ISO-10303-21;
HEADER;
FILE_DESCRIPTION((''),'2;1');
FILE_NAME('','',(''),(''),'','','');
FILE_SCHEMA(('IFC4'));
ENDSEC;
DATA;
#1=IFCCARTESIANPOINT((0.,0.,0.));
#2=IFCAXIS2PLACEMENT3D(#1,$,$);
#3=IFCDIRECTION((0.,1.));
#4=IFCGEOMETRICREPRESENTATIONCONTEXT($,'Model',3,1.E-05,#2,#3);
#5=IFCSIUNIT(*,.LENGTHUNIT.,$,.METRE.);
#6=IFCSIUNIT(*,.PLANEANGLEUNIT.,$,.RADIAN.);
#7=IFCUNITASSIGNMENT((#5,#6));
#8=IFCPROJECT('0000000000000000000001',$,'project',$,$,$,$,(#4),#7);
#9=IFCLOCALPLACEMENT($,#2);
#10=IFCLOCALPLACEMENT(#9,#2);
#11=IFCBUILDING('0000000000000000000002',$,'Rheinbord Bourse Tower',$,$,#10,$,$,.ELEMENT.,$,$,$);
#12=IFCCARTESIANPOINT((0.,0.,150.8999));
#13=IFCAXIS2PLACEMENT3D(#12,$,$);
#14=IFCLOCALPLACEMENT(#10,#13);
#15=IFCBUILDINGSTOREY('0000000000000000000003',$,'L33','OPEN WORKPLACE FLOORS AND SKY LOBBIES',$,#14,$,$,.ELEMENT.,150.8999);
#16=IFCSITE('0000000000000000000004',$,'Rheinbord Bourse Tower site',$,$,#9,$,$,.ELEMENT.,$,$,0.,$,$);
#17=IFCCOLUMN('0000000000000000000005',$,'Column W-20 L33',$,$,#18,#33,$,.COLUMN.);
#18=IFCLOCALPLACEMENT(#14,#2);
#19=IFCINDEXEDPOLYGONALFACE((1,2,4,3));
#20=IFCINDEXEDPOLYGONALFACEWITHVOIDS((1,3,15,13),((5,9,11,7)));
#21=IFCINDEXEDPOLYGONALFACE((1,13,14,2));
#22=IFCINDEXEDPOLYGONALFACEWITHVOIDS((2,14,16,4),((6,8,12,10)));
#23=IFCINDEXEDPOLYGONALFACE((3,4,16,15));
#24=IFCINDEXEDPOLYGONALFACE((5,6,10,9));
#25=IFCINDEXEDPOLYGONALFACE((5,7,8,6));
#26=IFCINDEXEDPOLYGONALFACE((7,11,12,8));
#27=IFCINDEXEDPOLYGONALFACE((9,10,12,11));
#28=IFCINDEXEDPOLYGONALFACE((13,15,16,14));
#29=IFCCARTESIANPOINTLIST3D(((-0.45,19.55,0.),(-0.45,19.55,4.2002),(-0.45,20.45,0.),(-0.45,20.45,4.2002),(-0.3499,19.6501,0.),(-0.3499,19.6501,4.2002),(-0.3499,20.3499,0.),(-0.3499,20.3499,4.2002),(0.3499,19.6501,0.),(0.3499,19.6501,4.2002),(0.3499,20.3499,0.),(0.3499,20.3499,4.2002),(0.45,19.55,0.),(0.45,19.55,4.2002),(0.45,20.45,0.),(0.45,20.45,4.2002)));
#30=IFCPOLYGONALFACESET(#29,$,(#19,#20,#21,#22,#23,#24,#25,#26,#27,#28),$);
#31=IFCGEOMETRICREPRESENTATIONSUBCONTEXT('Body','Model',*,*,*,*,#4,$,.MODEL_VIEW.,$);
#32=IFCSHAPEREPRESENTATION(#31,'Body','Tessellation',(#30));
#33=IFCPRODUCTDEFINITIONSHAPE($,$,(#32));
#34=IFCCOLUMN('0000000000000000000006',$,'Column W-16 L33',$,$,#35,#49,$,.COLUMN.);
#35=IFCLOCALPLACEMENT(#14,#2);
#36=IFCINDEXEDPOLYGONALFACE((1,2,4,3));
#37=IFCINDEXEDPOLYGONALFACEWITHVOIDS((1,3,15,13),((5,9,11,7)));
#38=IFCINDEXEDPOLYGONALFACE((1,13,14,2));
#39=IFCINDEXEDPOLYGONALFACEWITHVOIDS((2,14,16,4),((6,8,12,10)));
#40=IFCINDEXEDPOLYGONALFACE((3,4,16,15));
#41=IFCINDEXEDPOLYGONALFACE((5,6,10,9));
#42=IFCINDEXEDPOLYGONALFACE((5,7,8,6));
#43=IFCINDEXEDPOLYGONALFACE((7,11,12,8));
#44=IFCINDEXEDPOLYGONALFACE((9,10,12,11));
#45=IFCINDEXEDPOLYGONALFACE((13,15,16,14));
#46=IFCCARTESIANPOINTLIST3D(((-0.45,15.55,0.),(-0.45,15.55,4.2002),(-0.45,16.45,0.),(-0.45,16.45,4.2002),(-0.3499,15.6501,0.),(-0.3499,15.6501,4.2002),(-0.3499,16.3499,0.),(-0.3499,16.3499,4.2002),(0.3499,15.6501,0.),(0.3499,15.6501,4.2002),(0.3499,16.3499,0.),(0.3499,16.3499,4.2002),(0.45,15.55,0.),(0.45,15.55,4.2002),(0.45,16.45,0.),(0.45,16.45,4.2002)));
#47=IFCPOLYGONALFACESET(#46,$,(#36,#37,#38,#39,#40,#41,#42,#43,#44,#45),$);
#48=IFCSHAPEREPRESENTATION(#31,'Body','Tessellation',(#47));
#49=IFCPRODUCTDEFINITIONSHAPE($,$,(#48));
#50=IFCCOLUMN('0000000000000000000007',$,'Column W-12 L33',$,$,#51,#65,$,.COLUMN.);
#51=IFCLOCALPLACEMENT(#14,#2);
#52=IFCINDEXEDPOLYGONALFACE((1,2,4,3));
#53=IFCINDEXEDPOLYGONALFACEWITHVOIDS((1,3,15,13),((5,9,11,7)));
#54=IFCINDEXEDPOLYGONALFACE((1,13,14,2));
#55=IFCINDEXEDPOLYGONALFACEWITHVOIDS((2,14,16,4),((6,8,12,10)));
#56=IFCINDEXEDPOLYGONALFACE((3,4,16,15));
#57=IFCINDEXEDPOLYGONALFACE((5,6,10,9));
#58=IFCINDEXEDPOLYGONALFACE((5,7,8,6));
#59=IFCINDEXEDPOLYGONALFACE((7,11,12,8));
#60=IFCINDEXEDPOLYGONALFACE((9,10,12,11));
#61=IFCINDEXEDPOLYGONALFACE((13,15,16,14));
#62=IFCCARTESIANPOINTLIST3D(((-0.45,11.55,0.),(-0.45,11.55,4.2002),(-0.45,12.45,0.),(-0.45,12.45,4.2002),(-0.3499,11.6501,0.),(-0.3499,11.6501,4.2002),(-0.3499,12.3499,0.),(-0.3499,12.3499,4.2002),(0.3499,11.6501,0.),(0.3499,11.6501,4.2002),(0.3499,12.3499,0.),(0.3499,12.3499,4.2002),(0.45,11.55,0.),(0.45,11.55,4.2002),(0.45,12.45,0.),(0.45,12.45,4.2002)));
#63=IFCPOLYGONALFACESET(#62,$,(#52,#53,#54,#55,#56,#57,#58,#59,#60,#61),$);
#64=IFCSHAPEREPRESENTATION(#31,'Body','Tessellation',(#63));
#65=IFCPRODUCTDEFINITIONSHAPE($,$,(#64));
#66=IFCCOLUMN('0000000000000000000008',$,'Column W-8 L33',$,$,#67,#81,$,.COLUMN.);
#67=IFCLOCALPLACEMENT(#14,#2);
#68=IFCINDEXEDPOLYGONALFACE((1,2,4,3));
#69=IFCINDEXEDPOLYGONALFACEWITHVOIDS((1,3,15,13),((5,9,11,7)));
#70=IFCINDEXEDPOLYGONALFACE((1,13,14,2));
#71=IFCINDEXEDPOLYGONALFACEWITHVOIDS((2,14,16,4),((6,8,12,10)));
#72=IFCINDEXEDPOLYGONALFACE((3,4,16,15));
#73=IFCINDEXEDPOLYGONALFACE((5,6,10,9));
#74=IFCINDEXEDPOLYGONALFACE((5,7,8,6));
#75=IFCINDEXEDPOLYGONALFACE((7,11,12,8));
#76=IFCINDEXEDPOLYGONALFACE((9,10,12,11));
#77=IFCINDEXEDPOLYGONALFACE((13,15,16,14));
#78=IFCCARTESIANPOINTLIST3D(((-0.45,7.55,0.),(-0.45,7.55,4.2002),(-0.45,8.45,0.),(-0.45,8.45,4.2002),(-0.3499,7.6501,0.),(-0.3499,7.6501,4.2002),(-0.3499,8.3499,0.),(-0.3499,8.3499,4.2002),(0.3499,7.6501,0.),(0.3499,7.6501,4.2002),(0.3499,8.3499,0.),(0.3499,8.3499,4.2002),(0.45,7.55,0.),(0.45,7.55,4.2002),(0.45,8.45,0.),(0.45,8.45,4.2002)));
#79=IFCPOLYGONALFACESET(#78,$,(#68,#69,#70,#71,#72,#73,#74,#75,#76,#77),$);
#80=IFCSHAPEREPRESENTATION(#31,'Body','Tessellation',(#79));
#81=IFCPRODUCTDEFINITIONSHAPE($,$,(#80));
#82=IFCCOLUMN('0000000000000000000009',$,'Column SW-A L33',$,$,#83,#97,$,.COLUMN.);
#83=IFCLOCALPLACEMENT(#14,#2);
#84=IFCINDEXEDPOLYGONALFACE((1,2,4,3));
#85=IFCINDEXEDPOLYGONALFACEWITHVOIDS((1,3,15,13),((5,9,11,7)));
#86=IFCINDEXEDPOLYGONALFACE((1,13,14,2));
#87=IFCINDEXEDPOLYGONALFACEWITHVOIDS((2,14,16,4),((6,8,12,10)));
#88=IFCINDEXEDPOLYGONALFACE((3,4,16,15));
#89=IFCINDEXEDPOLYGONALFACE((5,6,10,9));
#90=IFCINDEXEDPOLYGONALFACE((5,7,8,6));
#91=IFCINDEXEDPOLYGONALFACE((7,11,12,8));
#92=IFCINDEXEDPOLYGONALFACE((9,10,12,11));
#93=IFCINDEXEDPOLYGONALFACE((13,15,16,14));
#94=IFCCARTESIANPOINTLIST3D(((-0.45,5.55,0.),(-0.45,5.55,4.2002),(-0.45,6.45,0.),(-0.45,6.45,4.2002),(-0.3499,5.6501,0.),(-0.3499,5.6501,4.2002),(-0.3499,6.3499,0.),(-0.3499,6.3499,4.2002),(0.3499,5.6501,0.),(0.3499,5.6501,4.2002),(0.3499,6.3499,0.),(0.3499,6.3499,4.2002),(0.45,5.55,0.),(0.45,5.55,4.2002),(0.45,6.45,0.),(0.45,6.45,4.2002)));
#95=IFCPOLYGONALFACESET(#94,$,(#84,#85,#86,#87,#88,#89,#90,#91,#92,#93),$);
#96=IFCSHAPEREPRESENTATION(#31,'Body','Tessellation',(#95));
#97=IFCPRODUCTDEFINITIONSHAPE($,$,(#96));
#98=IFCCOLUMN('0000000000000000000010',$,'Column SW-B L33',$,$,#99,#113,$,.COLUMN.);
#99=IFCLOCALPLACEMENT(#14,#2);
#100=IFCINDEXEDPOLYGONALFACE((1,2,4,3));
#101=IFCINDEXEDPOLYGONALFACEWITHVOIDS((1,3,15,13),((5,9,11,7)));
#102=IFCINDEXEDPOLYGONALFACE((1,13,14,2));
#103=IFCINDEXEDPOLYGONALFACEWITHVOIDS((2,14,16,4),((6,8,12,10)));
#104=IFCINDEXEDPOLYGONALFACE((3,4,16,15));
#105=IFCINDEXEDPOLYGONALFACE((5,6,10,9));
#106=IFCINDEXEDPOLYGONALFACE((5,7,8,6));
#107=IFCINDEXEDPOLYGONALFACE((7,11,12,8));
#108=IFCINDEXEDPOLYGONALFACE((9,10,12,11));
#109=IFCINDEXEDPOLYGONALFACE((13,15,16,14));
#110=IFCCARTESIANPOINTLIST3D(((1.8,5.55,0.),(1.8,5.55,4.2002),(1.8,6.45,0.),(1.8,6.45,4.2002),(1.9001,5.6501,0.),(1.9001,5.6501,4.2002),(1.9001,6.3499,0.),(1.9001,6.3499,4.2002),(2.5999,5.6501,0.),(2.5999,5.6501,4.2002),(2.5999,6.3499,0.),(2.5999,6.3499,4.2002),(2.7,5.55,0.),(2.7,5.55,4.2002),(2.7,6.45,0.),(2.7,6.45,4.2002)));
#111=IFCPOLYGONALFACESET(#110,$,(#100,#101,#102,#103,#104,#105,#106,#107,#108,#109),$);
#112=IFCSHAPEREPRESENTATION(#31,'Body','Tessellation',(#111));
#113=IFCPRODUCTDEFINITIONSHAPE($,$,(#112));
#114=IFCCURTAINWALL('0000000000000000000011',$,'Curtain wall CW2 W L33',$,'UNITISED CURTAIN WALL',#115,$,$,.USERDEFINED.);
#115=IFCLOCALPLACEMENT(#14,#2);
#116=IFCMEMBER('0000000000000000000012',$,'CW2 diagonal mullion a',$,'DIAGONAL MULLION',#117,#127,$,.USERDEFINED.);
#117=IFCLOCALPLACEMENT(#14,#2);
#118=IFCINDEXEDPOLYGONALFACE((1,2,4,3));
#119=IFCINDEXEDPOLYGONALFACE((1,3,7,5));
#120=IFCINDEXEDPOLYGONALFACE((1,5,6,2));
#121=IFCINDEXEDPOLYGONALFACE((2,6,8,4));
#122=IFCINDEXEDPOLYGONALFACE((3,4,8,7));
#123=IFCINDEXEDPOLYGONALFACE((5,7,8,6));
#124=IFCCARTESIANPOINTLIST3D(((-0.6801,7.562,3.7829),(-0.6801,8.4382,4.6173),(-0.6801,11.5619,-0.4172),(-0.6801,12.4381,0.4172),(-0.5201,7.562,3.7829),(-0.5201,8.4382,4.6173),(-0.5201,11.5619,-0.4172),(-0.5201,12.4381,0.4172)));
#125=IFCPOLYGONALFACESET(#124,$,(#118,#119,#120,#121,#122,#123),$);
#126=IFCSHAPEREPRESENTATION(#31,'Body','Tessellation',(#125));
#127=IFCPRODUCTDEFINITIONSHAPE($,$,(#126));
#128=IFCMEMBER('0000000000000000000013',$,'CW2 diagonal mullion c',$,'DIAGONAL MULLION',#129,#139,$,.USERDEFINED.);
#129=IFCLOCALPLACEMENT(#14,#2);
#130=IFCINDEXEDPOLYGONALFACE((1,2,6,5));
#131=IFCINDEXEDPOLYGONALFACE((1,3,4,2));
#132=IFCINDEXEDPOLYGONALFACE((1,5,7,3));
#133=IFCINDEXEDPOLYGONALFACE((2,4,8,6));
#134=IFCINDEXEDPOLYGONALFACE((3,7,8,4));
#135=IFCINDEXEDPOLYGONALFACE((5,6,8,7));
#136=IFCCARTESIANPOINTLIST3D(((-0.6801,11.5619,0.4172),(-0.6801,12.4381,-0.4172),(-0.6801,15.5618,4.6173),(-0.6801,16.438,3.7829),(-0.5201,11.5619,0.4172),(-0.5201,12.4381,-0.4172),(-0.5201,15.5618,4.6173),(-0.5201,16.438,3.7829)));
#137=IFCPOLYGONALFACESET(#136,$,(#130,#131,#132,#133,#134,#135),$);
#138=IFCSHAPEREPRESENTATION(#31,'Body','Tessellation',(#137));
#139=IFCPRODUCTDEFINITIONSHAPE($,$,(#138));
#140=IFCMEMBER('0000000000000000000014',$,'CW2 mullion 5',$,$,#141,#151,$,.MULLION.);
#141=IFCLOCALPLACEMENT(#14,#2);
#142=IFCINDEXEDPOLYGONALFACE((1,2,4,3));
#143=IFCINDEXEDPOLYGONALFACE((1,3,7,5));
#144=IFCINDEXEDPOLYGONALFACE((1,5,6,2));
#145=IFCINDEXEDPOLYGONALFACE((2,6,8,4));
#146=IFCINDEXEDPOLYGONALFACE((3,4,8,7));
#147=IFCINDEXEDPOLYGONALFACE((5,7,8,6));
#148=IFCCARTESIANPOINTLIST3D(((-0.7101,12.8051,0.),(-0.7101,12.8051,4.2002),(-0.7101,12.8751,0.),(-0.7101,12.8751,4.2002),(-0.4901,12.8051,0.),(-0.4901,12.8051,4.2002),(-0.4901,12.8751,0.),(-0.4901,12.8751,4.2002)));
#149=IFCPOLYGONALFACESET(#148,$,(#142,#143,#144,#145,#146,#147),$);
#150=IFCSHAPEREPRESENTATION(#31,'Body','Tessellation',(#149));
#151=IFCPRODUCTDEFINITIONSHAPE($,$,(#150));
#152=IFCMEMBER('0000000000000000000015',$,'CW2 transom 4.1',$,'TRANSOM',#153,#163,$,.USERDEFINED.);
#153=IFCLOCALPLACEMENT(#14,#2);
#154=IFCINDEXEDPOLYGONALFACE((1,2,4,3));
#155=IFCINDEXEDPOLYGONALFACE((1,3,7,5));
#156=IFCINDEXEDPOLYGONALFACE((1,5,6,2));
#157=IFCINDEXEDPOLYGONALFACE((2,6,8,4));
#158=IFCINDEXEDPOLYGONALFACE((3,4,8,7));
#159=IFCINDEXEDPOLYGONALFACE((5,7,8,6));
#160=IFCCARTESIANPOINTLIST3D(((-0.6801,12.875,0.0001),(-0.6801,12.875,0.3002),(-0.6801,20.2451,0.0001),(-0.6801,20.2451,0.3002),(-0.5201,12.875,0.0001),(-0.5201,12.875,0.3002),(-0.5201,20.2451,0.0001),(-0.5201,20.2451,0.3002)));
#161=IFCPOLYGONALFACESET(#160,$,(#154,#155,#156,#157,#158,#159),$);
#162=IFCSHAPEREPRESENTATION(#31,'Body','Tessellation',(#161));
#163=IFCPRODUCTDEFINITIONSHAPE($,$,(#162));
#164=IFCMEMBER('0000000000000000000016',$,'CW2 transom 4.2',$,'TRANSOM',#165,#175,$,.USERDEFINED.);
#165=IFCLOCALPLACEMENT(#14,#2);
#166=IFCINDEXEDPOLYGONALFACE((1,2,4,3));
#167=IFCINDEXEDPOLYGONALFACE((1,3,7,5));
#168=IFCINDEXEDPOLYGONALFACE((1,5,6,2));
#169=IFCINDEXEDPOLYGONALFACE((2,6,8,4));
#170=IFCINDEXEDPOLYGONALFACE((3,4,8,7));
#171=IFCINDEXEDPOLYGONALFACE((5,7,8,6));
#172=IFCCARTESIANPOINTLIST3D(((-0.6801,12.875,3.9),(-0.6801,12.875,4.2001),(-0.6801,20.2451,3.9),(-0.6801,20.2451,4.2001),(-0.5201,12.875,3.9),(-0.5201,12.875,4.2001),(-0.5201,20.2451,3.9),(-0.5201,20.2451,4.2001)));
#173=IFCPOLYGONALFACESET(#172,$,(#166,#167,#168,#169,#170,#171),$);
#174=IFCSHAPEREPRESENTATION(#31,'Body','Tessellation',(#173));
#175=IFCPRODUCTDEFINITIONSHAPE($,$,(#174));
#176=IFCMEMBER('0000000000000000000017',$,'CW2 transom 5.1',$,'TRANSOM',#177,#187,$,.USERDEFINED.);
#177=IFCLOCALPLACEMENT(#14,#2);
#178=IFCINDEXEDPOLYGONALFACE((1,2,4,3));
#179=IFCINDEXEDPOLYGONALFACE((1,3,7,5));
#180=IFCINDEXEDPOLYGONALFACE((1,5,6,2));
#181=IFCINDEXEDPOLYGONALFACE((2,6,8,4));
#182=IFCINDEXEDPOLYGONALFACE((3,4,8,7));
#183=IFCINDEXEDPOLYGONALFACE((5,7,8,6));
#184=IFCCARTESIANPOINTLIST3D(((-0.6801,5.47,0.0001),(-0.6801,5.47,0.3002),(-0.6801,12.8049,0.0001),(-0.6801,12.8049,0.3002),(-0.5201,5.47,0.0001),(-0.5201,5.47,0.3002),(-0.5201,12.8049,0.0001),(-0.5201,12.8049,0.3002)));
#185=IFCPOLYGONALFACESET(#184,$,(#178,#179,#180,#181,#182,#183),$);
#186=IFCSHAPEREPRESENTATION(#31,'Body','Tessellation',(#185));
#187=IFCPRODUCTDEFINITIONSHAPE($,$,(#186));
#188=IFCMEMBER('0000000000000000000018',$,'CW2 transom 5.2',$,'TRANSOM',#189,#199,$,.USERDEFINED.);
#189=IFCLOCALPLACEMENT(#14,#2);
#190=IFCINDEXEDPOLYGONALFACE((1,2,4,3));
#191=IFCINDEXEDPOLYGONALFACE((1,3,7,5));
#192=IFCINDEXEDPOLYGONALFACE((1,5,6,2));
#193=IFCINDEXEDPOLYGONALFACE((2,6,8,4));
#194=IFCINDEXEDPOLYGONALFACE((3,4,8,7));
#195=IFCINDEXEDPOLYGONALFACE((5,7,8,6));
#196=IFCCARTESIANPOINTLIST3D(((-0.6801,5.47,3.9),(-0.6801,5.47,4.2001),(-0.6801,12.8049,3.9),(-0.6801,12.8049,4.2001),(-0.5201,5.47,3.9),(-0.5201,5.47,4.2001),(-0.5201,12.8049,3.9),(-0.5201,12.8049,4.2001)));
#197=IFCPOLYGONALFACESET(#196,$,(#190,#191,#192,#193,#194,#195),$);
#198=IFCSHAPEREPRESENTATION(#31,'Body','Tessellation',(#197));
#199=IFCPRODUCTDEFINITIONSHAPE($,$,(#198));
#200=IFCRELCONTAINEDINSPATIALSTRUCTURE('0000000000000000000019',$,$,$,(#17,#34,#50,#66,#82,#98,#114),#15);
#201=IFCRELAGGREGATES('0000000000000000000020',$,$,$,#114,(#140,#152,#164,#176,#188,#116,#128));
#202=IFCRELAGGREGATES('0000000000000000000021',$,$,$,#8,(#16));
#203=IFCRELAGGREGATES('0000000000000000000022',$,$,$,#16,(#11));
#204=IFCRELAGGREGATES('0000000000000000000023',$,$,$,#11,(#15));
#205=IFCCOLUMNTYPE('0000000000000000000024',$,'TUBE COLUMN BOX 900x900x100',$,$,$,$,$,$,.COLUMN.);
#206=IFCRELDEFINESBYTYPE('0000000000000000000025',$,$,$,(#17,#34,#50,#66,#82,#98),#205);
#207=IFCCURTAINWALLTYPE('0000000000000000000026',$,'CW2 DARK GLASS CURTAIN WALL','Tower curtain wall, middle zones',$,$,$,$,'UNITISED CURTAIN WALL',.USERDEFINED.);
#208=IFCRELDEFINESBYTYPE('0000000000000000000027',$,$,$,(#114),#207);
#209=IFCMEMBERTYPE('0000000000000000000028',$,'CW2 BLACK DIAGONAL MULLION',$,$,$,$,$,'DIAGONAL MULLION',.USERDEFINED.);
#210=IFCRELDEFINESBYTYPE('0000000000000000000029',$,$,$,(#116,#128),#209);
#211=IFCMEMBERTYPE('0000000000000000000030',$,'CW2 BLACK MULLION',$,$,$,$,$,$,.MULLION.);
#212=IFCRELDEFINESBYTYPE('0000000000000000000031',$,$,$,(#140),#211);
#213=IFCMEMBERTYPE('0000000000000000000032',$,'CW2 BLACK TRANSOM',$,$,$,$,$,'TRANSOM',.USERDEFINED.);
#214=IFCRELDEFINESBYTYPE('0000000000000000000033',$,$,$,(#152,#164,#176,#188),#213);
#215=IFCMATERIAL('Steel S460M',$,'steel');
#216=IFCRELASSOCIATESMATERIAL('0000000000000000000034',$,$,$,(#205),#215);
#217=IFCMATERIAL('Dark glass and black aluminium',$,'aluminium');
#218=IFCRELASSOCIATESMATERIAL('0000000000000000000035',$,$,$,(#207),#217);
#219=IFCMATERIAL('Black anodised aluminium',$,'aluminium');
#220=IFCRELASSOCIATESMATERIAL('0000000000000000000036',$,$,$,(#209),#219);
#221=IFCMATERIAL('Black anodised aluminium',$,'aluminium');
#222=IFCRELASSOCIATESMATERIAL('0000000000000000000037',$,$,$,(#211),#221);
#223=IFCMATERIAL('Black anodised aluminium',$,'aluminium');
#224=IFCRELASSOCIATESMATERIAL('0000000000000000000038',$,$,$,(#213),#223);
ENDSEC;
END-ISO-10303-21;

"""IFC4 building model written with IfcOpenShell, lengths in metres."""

from ifc_helpers import new_model, si_unit, direction, frame, origin, origin_2d, place, context, subcontext, project, spatial, rectangle, hollow_rectangle, extrude, material, material_profile, profile_set, type_object, element, aggregate, save


model = new_model("IFC4")

# Units and contexts
model_context = context("Model", 3, precision=1e-05, world=origin(), true_north=direction((0.0, 1.0)))
body_context = subcontext(model_context, "Body", "Model", "MODEL_VIEW")
ifc_project = project(units=[si_unit("LENGTHUNIT", "METRE"), si_unit("PLANEANGLEUNIT", "RADIAN")], contexts=[model_context])

# Site, building, storey
site_placement = place(None, origin())
site = spatial("IfcSite", under=ifc_project, at=site_placement, Name="Rheinbord Bourse Tower site", CompositionType="ELEMENT", RefElevation=0.0)
building_placement = place(site_placement, origin())
building = spatial("IfcBuilding", under=site, at=building_placement, Name="Rheinbord Bourse Tower", CompositionType="ELEMENT")
storey_placement = place(building_placement, frame((0.0, 0.0, 150.8999)))
storey = spatial("IfcBuildingStorey", under=building, at=storey_placement, Name="L33", Description="OPEN WORKPLACE FLOORS AND SKY LOBBIES", CompositionType="ELEMENT", Elevation=150.8999)

# Columns
ifc_material_1 = material(Name="Steel S460M", Category="steel")
ifc_material_profile_1 = material_profile(ifc_material_1, hollow_rectangle(XDim=0.8999, YDim=0.8999, WallThickness=0.1001, at=origin_2d()), Name="BOX 900x900x100")
ifc_profile_set_1 = profile_set([ifc_material_profile_1], Name="Steel S460M")
column_type = type_object("IfcColumnType", Name="TUBE COLUMN BOX 900x900x100", PredefinedType="COLUMN", material=ifc_profile_set_1)
for number, where, z_axis, x_axis, name in (
    (1, (0.0, 20.0, 0.0), (0.0, 0.0, 1.0), (1.0, 0.0, 0.0), "Column W-20 L33"),
    (2, (0.0, 16.0, 0.0), (0.0, 0.0, 1.0), (1.0, 0.0, 0.0), "Column W-16 L33"),
    (3, (0.0, 12.0, 0.0), (0.0, 0.0, 1.0), (1.0, 0.0, 0.0), "Column W-12 L33"),
    (4, (0.0, 8.0, 0.0), (0.0, 0.0, 1.0), (1.0, 0.0, 0.0), "Column W-8 L33"),
    (5, (0.0, 6.0, 0.0), (0.0, 0.0, 1.0), (1.0, 0.0, 0.0), "Column SW-A L33"),
    (6, (2.25, 6.0, 0.0), (0.0, 0.0, 1.0), (1.0, 0.0, 0.0), "Column SW-B L33"),
):
    element("IfcColumn", number, at=place(storey_placement, frame(where, z_axis=z_axis, x_axis=x_axis)), inside=storey, type_object=column_type, Name=name, PredefinedType="COLUMN", context=body_context, shape_type="SweptSolid", body=[
        extrude(hollow_rectangle(XDim=0.8999, YDim=0.8999, WallThickness=0.1001, at=origin_2d()), origin(), (0.0, 0.0, 1.0), 4.2002),
    ])

# Curtain wall, members
ifc_material_2 = material(Name="Dark glass and black aluminium", Category="aluminium")
curtain_wall_type = type_object("IfcCurtainWallType", Name="CW2 DARK GLASS CURTAIN WALL", Description="Tower curtain wall, middle zones", ElementType="UNITISED CURTAIN WALL", PredefinedType="USERDEFINED", material=ifc_material_2)
curtain_wall_placement = place(storey_placement, origin())
curtain_wall = element("IfcCurtainWall", 7, at=curtain_wall_placement, inside=storey, type_object=curtain_wall_type, Name="Curtain wall CW2 W L33", ObjectType="UNITISED CURTAIN WALL", PredefinedType="USERDEFINED")
ifc_material_3 = material(Name="Black anodised aluminium", Category="aluminium")
ifc_material_profile_2 = material_profile(ifc_material_3, rectangle(XDim=0.1599, YDim=1.21, at=origin_2d()), Name="CW2 DIAGONAL MULLION 1210x160")
ifc_profile_set_2 = profile_set([ifc_material_profile_2], Name="Black anodised aluminium")
member_type_1 = type_object("IfcMemberType", Name="CW2 BLACK DIAGONAL MULLION", ElementType="DIAGONAL MULLION", PredefinedType="USERDEFINED", material=ifc_profile_set_2)
member_1_placement = place(storey_placement, frame((-0.6001, 12.0, 0.0), z_axis=(0.0, -0.689638, 0.724154), x_axis=(1.0, 0.0, 0.0)))
member_1 = element("IfcMember", 8, at=member_1_placement, type_object=member_type_1, Name="CW2 diagonal mullion a", ObjectType="DIAGONAL MULLION", PredefinedType="USERDEFINED", context=body_context, shape_type="SweptSolid", body=[
    extrude(rectangle(XDim=0.1599, YDim=1.21, at=origin_2d()), origin(), (0.0, 0.0, 1.0), 5.8),
])
member_2_placement = place(storey_placement, frame((-0.6001, 12.0, 0.0), z_axis=(0.0, 0.689638, 0.724154), x_axis=(-1.0, 0.0, 0.0)))
member_2 = element("IfcMember", 9, at=member_2_placement, type_object=member_type_1, Name="CW2 diagonal mullion c", ObjectType="DIAGONAL MULLION", PredefinedType="USERDEFINED", context=body_context, shape_type="SweptSolid", body=[
    extrude(rectangle(XDim=0.1599, YDim=1.21, at=origin_2d()), origin(), (0.0, 0.0, 1.0), 5.8),
])
ifc_material_4 = material(Name="Black anodised aluminium", Category="aluminium")
ifc_material_profile_3 = material_profile(ifc_material_4, rectangle(XDim=0.22, YDim=0.0701, at=origin_2d()), Name="CW2 MULLION 70x220")
ifc_profile_set_3 = profile_set([ifc_material_profile_3], Name="Black anodised aluminium")
member_type_2 = type_object("IfcMemberType", Name="CW2 BLACK MULLION", PredefinedType="MULLION", material=ifc_profile_set_3)
member_3_placement = place(storey_placement, frame((-0.6001, 12.8401, 0.0), z_axis=(0.0, 0.0, 1.0), x_axis=(1.0, 0.0, 0.0)))
member_3 = element("IfcMember", 10, at=member_3_placement, type_object=member_type_2, Name="CW2 mullion 5", PredefinedType="MULLION", context=body_context, shape_type="SweptSolid", body=[
    extrude(rectangle(XDim=0.22, YDim=0.0701, at=origin_2d()), origin(), (0.0, 0.0, 1.0), 4.2002),
])
ifc_material_5 = material(Name="Black anodised aluminium", Category="aluminium")
ifc_material_profile_4 = material_profile(ifc_material_5, rectangle(XDim=0.1599, YDim=0.3, at=origin_2d()), Name="CW2 TRANSOM 300x160")
ifc_profile_set_4 = profile_set([ifc_material_profile_4], Name="Black anodised aluminium")
member_type_3 = type_object("IfcMemberType", Name="CW2 BLACK TRANSOM", ElementType="TRANSOM", PredefinedType="USERDEFINED", material=ifc_profile_set_4)
member_4_placement = place(storey_placement, frame((-0.6001, 20.2451, 0.1501), z_axis=(0.0, -1.0, 0.0), x_axis=(1.0, 0.0, 0.0)))
member_4 = element("IfcMember", 11, at=member_4_placement, type_object=member_type_3, Name="CW2 transom 4.1", ObjectType="TRANSOM", PredefinedType="USERDEFINED", context=body_context, shape_type="SweptSolid", body=[
    extrude(rectangle(XDim=0.1599, YDim=0.3, at=origin_2d()), origin(), (0.0, 0.0, 1.0), 7.3701),
])
member_5_placement = place(storey_placement, frame((-0.6001, 20.2451, 4.05), z_axis=(0.0, -1.0, 0.0), x_axis=(1.0, 0.0, 0.0)))
member_5 = element("IfcMember", 12, at=member_5_placement, type_object=member_type_3, Name="CW2 transom 4.2", ObjectType="TRANSOM", PredefinedType="USERDEFINED", context=body_context, shape_type="SweptSolid", body=[
    extrude(rectangle(XDim=0.1599, YDim=0.3, at=origin_2d()), origin(), (0.0, 0.0, 1.0), 7.3701),
])
member_6_placement = place(storey_placement, frame((-0.6001, 12.8049, 0.1501), z_axis=(0.0, -1.0, 0.0), x_axis=(1.0, 0.0, 0.0)))
member_6 = element("IfcMember", 13, at=member_6_placement, type_object=member_type_3, Name="CW2 transom 5.1", ObjectType="TRANSOM", PredefinedType="USERDEFINED", context=body_context, shape_type="SweptSolid", body=[
    extrude(rectangle(XDim=0.1599, YDim=0.3, at=origin_2d()), origin(), (0.0, 0.0, 1.0), 7.335),
])
member_7_placement = place(storey_placement, frame((-0.6001, 12.8049, 4.05), z_axis=(0.0, -1.0, 0.0), x_axis=(1.0, 0.0, 0.0)))
member_7 = element("IfcMember", 14, at=member_7_placement, type_object=member_type_3, Name="CW2 transom 5.2", ObjectType="TRANSOM", PredefinedType="USERDEFINED", context=body_context, shape_type="SweptSolid", body=[
    extrude(rectangle(XDim=0.1599, YDim=0.3, at=origin_2d()), origin(), (0.0, 0.0, 1.0), 7.335),
])

aggregate(curtain_wall, [member_3, member_4, member_5, member_6, member_7, member_1, member_2])

save(model, "model.ifc")
